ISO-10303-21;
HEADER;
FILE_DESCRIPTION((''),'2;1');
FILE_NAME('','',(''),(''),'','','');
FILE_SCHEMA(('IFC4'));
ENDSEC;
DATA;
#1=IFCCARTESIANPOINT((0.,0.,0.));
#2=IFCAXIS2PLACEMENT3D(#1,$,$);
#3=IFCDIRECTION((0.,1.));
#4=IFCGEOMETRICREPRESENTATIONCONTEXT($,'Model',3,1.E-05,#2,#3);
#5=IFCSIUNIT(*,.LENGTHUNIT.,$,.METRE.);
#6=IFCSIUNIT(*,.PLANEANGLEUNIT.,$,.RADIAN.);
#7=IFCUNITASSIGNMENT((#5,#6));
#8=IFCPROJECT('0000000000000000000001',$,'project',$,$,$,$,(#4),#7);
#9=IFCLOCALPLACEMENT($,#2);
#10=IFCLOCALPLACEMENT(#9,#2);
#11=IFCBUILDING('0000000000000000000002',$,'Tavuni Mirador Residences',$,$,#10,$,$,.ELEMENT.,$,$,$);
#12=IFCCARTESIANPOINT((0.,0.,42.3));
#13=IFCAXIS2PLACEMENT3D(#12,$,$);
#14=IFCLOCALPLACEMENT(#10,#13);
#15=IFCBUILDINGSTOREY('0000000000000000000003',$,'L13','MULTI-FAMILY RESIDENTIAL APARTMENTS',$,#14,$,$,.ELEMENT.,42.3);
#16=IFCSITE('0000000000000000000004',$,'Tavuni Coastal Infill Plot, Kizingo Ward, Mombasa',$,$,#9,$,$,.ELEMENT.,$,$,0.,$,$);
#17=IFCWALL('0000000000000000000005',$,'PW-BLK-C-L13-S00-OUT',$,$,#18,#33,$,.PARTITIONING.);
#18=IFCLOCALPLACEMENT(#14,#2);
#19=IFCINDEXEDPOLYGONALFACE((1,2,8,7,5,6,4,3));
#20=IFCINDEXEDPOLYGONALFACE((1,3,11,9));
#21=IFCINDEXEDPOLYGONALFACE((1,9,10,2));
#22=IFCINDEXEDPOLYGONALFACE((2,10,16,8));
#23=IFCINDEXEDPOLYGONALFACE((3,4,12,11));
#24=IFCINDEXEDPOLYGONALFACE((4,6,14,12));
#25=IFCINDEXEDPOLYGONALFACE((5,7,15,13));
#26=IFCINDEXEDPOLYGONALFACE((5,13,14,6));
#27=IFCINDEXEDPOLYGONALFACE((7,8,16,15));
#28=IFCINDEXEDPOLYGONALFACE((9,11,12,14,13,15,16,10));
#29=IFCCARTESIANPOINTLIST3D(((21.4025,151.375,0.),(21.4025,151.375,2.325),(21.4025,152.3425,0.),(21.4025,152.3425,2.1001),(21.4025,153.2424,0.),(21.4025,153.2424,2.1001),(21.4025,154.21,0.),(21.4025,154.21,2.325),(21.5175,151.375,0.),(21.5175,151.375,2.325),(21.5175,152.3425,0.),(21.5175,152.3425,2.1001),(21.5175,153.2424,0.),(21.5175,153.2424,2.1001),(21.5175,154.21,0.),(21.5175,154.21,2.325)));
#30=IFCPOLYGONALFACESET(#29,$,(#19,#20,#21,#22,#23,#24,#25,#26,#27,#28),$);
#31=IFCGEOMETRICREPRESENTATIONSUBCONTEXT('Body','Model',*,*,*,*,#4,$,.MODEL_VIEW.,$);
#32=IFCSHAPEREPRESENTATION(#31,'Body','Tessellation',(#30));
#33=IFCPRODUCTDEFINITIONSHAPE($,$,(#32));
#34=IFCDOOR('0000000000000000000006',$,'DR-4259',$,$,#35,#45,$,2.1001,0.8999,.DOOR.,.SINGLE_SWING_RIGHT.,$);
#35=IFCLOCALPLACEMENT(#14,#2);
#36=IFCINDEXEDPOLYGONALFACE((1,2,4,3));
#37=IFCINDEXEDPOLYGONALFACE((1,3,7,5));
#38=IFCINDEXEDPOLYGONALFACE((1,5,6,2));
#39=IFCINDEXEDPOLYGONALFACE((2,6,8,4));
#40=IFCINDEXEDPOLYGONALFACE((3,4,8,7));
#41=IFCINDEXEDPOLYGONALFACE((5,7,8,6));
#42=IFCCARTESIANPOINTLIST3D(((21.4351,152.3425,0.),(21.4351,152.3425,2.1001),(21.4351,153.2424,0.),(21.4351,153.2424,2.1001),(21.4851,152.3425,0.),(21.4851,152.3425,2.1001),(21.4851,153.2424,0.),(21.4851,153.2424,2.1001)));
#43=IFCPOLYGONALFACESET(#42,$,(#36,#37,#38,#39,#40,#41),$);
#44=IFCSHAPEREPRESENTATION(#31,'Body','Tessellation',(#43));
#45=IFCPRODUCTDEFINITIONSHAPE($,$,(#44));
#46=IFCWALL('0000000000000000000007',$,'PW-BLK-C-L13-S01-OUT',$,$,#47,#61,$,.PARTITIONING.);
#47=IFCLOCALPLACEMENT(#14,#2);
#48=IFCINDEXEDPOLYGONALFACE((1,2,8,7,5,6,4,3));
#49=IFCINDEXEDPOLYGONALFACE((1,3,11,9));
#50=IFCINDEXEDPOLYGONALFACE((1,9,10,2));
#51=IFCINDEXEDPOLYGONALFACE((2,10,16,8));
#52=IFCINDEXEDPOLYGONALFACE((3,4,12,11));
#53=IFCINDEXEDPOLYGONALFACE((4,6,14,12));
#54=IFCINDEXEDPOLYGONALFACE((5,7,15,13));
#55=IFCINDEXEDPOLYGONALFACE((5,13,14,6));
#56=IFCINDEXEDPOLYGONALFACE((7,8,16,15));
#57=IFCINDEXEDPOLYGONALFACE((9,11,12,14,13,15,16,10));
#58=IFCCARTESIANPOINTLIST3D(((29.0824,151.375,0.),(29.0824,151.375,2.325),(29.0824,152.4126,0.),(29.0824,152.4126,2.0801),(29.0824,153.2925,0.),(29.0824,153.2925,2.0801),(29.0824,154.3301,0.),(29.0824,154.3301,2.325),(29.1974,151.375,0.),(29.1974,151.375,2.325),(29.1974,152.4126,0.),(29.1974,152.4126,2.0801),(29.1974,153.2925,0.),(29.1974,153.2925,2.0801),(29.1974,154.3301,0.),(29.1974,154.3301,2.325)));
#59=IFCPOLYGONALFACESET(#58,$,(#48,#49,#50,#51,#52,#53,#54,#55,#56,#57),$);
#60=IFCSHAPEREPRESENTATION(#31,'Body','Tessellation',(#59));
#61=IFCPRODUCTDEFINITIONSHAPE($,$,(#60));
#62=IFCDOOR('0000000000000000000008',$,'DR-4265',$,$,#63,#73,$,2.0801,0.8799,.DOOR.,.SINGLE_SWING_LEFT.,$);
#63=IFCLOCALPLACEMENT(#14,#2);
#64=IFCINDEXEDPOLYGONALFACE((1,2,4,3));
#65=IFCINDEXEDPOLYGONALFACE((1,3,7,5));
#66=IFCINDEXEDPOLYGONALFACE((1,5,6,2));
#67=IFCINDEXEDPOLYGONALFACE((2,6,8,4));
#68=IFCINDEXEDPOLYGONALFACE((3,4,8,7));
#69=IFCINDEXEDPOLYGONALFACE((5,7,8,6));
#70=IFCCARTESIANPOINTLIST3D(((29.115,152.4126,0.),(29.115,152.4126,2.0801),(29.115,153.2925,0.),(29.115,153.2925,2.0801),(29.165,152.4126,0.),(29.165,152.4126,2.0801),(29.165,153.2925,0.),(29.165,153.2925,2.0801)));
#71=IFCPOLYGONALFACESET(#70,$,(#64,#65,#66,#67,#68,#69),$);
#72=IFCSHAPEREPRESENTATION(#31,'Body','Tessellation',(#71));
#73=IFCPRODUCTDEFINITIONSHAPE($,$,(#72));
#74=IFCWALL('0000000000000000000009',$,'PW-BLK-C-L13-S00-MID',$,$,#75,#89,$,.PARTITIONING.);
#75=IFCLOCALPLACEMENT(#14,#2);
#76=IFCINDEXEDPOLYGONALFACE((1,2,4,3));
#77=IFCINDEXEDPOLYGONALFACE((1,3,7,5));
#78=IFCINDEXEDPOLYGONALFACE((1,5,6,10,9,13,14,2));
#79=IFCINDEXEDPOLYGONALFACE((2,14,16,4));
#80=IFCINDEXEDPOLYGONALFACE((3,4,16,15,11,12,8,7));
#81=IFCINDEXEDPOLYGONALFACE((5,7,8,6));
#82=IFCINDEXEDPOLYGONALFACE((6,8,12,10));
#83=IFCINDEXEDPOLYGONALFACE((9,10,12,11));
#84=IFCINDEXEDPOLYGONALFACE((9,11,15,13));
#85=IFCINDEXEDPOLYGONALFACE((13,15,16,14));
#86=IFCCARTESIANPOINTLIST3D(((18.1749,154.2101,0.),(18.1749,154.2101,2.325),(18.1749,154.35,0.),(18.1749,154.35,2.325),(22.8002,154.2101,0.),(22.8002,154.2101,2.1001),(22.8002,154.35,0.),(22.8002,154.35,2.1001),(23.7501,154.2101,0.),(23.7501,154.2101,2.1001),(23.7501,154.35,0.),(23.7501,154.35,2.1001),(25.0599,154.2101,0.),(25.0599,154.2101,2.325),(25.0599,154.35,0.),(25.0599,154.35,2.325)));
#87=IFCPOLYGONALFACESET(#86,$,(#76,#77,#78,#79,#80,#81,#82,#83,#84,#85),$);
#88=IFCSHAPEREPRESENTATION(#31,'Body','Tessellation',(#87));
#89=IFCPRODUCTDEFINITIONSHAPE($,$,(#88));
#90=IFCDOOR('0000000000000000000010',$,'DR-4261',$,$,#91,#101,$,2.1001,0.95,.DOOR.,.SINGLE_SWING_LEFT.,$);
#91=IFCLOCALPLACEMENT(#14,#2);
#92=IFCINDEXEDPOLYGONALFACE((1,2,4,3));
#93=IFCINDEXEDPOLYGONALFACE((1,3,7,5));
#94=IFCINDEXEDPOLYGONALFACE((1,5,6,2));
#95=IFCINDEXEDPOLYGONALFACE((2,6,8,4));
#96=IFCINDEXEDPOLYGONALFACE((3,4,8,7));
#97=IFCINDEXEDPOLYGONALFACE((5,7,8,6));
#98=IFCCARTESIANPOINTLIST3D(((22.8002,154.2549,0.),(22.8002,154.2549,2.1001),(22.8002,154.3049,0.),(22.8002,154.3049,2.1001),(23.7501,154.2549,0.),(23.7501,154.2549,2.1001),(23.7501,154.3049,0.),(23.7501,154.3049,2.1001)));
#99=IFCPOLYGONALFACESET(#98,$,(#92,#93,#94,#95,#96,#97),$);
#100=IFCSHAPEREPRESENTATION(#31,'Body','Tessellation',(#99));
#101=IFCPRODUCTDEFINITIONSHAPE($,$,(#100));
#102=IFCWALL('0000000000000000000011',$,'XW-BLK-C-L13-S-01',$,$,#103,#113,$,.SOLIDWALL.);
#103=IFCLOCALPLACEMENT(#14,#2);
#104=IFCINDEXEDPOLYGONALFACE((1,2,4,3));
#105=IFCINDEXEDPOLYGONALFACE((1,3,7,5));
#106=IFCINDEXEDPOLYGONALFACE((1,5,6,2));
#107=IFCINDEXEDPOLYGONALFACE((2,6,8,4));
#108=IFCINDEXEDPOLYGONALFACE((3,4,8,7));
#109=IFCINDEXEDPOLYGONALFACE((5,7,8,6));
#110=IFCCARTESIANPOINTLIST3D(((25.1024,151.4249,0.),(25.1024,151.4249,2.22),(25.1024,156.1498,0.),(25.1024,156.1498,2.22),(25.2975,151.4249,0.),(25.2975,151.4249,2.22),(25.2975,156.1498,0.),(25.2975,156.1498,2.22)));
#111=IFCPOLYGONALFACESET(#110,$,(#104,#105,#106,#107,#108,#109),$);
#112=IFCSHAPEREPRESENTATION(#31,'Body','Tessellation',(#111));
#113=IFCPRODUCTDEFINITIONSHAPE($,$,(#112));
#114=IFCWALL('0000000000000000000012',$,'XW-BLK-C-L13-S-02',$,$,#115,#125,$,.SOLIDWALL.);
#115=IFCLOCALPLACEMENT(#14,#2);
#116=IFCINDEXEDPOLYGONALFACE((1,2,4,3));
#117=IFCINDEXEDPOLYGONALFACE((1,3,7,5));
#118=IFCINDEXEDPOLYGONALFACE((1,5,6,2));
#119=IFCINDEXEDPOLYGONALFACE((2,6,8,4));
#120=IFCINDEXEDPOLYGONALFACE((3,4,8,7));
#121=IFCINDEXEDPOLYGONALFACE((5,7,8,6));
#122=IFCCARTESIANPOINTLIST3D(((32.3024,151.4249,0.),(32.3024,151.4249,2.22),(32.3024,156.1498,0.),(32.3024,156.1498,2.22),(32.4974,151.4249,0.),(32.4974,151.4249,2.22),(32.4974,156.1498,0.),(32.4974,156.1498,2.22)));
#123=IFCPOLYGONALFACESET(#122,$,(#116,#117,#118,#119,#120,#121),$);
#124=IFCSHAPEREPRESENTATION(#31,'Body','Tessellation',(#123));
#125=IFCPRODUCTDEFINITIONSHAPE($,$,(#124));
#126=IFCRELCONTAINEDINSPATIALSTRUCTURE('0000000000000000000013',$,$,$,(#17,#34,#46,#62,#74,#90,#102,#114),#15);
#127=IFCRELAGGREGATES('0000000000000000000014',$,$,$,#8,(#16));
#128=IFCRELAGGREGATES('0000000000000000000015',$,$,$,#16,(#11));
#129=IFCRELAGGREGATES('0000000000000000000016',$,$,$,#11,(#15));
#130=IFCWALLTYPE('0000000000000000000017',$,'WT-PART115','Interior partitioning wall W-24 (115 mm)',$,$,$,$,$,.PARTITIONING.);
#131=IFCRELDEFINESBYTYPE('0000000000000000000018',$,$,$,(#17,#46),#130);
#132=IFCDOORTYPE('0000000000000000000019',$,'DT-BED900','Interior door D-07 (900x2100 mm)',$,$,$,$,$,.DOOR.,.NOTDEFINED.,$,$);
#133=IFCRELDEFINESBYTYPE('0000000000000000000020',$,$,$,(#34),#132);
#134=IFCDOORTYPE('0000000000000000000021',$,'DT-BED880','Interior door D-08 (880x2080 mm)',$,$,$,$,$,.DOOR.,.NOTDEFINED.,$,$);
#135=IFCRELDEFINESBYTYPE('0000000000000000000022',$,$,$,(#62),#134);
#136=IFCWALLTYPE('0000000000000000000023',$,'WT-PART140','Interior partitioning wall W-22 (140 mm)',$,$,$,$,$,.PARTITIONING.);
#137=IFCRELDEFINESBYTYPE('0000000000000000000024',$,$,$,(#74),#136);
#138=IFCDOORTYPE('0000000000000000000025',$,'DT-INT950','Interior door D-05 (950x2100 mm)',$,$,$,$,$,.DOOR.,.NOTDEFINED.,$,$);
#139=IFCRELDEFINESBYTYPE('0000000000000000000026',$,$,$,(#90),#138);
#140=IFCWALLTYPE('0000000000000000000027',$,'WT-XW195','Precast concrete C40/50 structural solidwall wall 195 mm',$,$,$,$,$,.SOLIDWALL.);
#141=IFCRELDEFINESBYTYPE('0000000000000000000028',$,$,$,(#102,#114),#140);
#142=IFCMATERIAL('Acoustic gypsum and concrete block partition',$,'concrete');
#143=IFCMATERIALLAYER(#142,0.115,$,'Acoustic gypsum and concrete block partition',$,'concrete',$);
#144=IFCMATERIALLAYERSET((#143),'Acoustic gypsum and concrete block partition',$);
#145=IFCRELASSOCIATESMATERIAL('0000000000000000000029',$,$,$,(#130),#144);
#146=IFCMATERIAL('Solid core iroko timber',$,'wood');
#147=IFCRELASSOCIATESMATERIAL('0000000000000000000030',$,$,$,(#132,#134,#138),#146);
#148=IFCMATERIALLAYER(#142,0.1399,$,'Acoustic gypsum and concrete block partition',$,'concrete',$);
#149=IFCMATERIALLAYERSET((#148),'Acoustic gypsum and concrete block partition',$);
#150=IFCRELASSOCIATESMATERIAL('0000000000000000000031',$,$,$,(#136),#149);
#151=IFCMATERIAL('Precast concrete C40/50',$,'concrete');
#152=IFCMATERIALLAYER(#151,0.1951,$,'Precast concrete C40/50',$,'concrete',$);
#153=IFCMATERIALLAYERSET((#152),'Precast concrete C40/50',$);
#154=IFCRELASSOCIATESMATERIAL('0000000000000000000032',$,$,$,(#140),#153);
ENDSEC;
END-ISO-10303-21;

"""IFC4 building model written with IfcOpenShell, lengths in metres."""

from ifc_helpers import new_model, si_unit, direction, frame, frame_2d, origin, place, context, subcontext, project, spatial, rectangle, extrude, material, layer, layer_set, type_object, element, fill, save


model = new_model("IFC4")

# Units and contexts
model_context = context("Model", 3, precision=1e-05, world=origin(), true_north=direction((0.0, 1.0)))
body_context = subcontext(model_context, "Body", "Model", "MODEL_VIEW")
ifc_project = project(units=[si_unit("LENGTHUNIT", "METRE"), si_unit("PLANEANGLEUNIT", "RADIAN")], contexts=[model_context])

# Site, building, storey
site_placement = place(None, origin())
site = spatial("IfcSite", under=ifc_project, at=site_placement, Name="Tavuni Coastal Infill Plot, Kizingo Ward, Mombasa", CompositionType="ELEMENT", RefElevation=0.0)
building_placement = place(site_placement, origin())
building = spatial("IfcBuilding", under=site, at=building_placement, Name="Tavuni Mirador Residences", CompositionType="ELEMENT")
storey_placement = place(building_placement, frame((0.0, 0.0, 42.3)))
storey = spatial("IfcBuildingStorey", under=building, at=storey_placement, Name="L13", Description="MULTI-FAMILY RESIDENTIAL APARTMENTS", CompositionType="ELEMENT", Elevation=42.3)

# Shared definitions
ifc_material_1 = material(Name="Precast concrete C40/50", Category="concrete")

# Walls, openings, doors
ifc_material_2 = material(Name="Acoustic gypsum and concrete block partition", Category="concrete")
ifc_layer_1 = layer(ifc_material_2, 0.115, Name="Acoustic gypsum and concrete block partition", Category="concrete")
ifc_layer_set_1 = layer_set([ifc_layer_1], Name="Acoustic gypsum and concrete block partition")
wall_type_1 = type_object("IfcWallType", Name="WT-PART115", Description="Interior partitioning wall W-24 (115 mm)", PredefinedType="PARTITIONING", material=ifc_layer_set_1)
wall_1_placement = place(storey_placement, frame((21.46, 151.375, 0.0), z_axis=(0.0, 0.0, 1.0), x_axis=(0.0, 1.0, 0.0)))
wall_1 = element("IfcWall", 1, at=wall_1_placement, inside=storey, type_object=wall_type_1, Name="PW-BLK-C-L13-S00-OUT", PredefinedType="PARTITIONING", context=body_context, shape_type="SweptSolid", body=[
    extrude(rectangle(XDim=2.835, YDim=0.115, at=frame_2d((1.4175, 0.0))), origin(), (0.0, 0.0, 1.0), 2.325),
])
opening_1_placement = place(wall_1_placement, frame((0.9675, 0.0, 0.0)))
opening_1 = element("IfcOpeningElement", 2, at=opening_1_placement, cuts=wall_1, PredefinedType="OPENING", context=body_context, shape_type="SweptSolid", body=[
    extrude(rectangle(XDim=0.8999, YDim=2.1001, at=frame_2d((0.45, 1.05))), frame((0.0, 0.0674, 0.0), z_axis=(0.0, -1.0, 0.0), x_axis=(1.0, 0.0, 0.0)), (0.0, 0.0, 1.0), 0.135),
])
ifc_material_3 = material(Name="Solid core iroko timber", Category="wood")
door_type_1 = type_object("IfcDoorType", Name="DT-BED900", Description="Interior door D-07 (900x2100 mm)", OperationType="NOTDEFINED", PredefinedType="DOOR", material=ifc_material_3)
door_1_placement = place(opening_1_placement, origin())
door_1 = element("IfcDoor", 3, at=door_1_placement, inside=storey, type_object=door_type_1, Name="DR-4259", OperationType="SINGLE_SWING_RIGHT", OverallHeight=2.1001, OverallWidth=0.8999, PredefinedType="DOOR", context=body_context, shape_type="SweptSolid", body=[
    extrude(rectangle(XDim=0.8999, YDim=2.1001, at=frame_2d((0.45, 1.05))), frame((0.0, 0.0249, 0.0), z_axis=(0.0, -1.0, 0.0), x_axis=(1.0, 0.0, 0.0)), (0.0, 0.0, 1.0), 0.05),
])
fill(opening_1, door_1)
wall_2_placement = place(storey_placement, frame((29.1399, 151.375, 0.0), z_axis=(0.0, 0.0, 1.0), x_axis=(0.0, 1.0, 0.0)))
wall_2 = element("IfcWall", 4, at=wall_2_placement, inside=storey, type_object=wall_type_1, Name="PW-BLK-C-L13-S01-OUT", PredefinedType="PARTITIONING", context=body_context, shape_type="SweptSolid", body=[
    extrude(rectangle(XDim=2.9551, YDim=0.115, at=frame_2d((1.4775, 0.0))), origin(), (0.0, 0.0, 1.0), 2.325),
])
opening_2_placement = place(wall_2_placement, frame((1.0376, 0.0, 0.0)))
opening_2 = element("IfcOpeningElement", 5, at=opening_2_placement, cuts=wall_2, PredefinedType="OPENING", context=body_context, shape_type="SweptSolid", body=[
    extrude(rectangle(XDim=0.8799, YDim=2.0801, at=frame_2d((0.4399, 1.04))), frame((0.0, 0.0674, 0.0), z_axis=(0.0, -1.0, 0.0), x_axis=(1.0, 0.0, 0.0)), (0.0, 0.0, 1.0), 0.135),
])
door_type_2 = type_object("IfcDoorType", Name="DT-BED880", Description="Interior door D-08 (880x2080 mm)", OperationType="NOTDEFINED", PredefinedType="DOOR", material=ifc_material_3)
door_2_placement = place(opening_2_placement, origin())
door_2 = element("IfcDoor", 6, at=door_2_placement, inside=storey, type_object=door_type_2, Name="DR-4265", OperationType="SINGLE_SWING_LEFT", OverallHeight=2.0801, OverallWidth=0.8799, PredefinedType="DOOR", context=body_context, shape_type="SweptSolid", body=[
    extrude(rectangle(XDim=0.8799, YDim=2.0801, at=frame_2d((0.4399, 1.04))), frame((0.0, 0.0249, 0.0), z_axis=(0.0, -1.0, 0.0), x_axis=(1.0, 0.0, 0.0)), (0.0, 0.0, 1.0), 0.05),
])
fill(opening_2, door_2)
ifc_layer_2 = layer(ifc_material_2, 0.1399, Name="Acoustic gypsum and concrete block partition", Category="concrete")
ifc_layer_set_2 = layer_set([ifc_layer_2], Name="Acoustic gypsum and concrete block partition")
wall_type_2 = type_object("IfcWallType", Name="WT-PART140", Description="Interior partitioning wall W-22 (140 mm)", PredefinedType="PARTITIONING", material=ifc_layer_set_2)
wall_3_placement = place(storey_placement, frame((18.175, 154.28, 0.0), z_axis=(0.0, 0.0, 1.0), x_axis=(1.0, 0.0, 0.0)))
wall_3 = element("IfcWall", 7, at=wall_3_placement, inside=storey, type_object=wall_type_2, Name="PW-BLK-C-L13-S00-MID", PredefinedType="PARTITIONING", context=body_context, shape_type="SweptSolid", body=[
    extrude(rectangle(XDim=6.885, YDim=0.1399, at=frame_2d((3.4424, 0.0))), origin(), (0.0, 0.0, 1.0), 2.325),
])
opening_3_placement = place(wall_3_placement, frame((4.625, 0.0, 0.0)))
opening_3 = element("IfcOpeningElement", 8, at=opening_3_placement, cuts=wall_3, PredefinedType="OPENING", context=body_context, shape_type="SweptSolid", body=[
    extrude(rectangle(XDim=0.95, YDim=2.1001, at=frame_2d((0.4751, 1.05))), frame((0.0, 0.0801, 0.0), z_axis=(0.0, -1.0, 0.0), x_axis=(1.0, 0.0, 0.0)), (0.0, 0.0, 1.0), 0.1599),
])
door_type_3 = type_object("IfcDoorType", Name="DT-INT950", Description="Interior door D-05 (950x2100 mm)", OperationType="NOTDEFINED", PredefinedType="DOOR", material=ifc_material_3)
door_3_placement = place(opening_3_placement, origin())
door_3 = element("IfcDoor", 9, at=door_3_placement, inside=storey, type_object=door_type_3, Name="DR-4261", OperationType="SINGLE_SWING_LEFT", OverallHeight=2.1001, OverallWidth=0.95, PredefinedType="DOOR", context=body_context, shape_type="SweptSolid", body=[
    extrude(rectangle(XDim=0.95, YDim=2.1001, at=frame_2d((0.4751, 1.05))), frame((0.0, 0.0249, 0.0), z_axis=(0.0, -1.0, 0.0), x_axis=(1.0, 0.0, 0.0)), (0.0, 0.0, 1.0), 0.05),
])
fill(opening_3, door_3)

# Walls
ifc_layer_3 = layer(ifc_material_1, 0.1951, Name="Precast concrete C40/50", Category="concrete")
ifc_layer_set_3 = layer_set([ifc_layer_3], Name="Precast concrete C40/50")
wall_type_3 = type_object("IfcWallType", Name="WT-XW195", Description="Precast concrete C40/50 structural solidwall wall 195 mm", PredefinedType="SOLIDWALL", material=ifc_layer_set_3)
for number, where, z_axis, x_axis, name in (
    (10, (25.2, 151.425, 0.0), (0.0, 0.0, 1.0), (0.0, 1.0, 0.0), "XW-BLK-C-L13-S-01"),
    (11, (32.3999, 151.425, 0.0), (0.0, 0.0, 1.0), (0.0, 1.0, 0.0), "XW-BLK-C-L13-S-02"),
):
    element("IfcWall", number, at=place(storey_placement, frame(where, z_axis=z_axis, x_axis=x_axis)), inside=storey, type_object=wall_type_3, Name=name, PredefinedType="SOLIDWALL", context=body_context, shape_type="SweptSolid", body=[
        extrude(rectangle(XDim=4.7249, YDim=0.1951, at=frame_2d((2.3623, 0.0))), origin(), (0.0, 0.0, 1.0), 2.22),
    ])

save(model, "model.ifc")
